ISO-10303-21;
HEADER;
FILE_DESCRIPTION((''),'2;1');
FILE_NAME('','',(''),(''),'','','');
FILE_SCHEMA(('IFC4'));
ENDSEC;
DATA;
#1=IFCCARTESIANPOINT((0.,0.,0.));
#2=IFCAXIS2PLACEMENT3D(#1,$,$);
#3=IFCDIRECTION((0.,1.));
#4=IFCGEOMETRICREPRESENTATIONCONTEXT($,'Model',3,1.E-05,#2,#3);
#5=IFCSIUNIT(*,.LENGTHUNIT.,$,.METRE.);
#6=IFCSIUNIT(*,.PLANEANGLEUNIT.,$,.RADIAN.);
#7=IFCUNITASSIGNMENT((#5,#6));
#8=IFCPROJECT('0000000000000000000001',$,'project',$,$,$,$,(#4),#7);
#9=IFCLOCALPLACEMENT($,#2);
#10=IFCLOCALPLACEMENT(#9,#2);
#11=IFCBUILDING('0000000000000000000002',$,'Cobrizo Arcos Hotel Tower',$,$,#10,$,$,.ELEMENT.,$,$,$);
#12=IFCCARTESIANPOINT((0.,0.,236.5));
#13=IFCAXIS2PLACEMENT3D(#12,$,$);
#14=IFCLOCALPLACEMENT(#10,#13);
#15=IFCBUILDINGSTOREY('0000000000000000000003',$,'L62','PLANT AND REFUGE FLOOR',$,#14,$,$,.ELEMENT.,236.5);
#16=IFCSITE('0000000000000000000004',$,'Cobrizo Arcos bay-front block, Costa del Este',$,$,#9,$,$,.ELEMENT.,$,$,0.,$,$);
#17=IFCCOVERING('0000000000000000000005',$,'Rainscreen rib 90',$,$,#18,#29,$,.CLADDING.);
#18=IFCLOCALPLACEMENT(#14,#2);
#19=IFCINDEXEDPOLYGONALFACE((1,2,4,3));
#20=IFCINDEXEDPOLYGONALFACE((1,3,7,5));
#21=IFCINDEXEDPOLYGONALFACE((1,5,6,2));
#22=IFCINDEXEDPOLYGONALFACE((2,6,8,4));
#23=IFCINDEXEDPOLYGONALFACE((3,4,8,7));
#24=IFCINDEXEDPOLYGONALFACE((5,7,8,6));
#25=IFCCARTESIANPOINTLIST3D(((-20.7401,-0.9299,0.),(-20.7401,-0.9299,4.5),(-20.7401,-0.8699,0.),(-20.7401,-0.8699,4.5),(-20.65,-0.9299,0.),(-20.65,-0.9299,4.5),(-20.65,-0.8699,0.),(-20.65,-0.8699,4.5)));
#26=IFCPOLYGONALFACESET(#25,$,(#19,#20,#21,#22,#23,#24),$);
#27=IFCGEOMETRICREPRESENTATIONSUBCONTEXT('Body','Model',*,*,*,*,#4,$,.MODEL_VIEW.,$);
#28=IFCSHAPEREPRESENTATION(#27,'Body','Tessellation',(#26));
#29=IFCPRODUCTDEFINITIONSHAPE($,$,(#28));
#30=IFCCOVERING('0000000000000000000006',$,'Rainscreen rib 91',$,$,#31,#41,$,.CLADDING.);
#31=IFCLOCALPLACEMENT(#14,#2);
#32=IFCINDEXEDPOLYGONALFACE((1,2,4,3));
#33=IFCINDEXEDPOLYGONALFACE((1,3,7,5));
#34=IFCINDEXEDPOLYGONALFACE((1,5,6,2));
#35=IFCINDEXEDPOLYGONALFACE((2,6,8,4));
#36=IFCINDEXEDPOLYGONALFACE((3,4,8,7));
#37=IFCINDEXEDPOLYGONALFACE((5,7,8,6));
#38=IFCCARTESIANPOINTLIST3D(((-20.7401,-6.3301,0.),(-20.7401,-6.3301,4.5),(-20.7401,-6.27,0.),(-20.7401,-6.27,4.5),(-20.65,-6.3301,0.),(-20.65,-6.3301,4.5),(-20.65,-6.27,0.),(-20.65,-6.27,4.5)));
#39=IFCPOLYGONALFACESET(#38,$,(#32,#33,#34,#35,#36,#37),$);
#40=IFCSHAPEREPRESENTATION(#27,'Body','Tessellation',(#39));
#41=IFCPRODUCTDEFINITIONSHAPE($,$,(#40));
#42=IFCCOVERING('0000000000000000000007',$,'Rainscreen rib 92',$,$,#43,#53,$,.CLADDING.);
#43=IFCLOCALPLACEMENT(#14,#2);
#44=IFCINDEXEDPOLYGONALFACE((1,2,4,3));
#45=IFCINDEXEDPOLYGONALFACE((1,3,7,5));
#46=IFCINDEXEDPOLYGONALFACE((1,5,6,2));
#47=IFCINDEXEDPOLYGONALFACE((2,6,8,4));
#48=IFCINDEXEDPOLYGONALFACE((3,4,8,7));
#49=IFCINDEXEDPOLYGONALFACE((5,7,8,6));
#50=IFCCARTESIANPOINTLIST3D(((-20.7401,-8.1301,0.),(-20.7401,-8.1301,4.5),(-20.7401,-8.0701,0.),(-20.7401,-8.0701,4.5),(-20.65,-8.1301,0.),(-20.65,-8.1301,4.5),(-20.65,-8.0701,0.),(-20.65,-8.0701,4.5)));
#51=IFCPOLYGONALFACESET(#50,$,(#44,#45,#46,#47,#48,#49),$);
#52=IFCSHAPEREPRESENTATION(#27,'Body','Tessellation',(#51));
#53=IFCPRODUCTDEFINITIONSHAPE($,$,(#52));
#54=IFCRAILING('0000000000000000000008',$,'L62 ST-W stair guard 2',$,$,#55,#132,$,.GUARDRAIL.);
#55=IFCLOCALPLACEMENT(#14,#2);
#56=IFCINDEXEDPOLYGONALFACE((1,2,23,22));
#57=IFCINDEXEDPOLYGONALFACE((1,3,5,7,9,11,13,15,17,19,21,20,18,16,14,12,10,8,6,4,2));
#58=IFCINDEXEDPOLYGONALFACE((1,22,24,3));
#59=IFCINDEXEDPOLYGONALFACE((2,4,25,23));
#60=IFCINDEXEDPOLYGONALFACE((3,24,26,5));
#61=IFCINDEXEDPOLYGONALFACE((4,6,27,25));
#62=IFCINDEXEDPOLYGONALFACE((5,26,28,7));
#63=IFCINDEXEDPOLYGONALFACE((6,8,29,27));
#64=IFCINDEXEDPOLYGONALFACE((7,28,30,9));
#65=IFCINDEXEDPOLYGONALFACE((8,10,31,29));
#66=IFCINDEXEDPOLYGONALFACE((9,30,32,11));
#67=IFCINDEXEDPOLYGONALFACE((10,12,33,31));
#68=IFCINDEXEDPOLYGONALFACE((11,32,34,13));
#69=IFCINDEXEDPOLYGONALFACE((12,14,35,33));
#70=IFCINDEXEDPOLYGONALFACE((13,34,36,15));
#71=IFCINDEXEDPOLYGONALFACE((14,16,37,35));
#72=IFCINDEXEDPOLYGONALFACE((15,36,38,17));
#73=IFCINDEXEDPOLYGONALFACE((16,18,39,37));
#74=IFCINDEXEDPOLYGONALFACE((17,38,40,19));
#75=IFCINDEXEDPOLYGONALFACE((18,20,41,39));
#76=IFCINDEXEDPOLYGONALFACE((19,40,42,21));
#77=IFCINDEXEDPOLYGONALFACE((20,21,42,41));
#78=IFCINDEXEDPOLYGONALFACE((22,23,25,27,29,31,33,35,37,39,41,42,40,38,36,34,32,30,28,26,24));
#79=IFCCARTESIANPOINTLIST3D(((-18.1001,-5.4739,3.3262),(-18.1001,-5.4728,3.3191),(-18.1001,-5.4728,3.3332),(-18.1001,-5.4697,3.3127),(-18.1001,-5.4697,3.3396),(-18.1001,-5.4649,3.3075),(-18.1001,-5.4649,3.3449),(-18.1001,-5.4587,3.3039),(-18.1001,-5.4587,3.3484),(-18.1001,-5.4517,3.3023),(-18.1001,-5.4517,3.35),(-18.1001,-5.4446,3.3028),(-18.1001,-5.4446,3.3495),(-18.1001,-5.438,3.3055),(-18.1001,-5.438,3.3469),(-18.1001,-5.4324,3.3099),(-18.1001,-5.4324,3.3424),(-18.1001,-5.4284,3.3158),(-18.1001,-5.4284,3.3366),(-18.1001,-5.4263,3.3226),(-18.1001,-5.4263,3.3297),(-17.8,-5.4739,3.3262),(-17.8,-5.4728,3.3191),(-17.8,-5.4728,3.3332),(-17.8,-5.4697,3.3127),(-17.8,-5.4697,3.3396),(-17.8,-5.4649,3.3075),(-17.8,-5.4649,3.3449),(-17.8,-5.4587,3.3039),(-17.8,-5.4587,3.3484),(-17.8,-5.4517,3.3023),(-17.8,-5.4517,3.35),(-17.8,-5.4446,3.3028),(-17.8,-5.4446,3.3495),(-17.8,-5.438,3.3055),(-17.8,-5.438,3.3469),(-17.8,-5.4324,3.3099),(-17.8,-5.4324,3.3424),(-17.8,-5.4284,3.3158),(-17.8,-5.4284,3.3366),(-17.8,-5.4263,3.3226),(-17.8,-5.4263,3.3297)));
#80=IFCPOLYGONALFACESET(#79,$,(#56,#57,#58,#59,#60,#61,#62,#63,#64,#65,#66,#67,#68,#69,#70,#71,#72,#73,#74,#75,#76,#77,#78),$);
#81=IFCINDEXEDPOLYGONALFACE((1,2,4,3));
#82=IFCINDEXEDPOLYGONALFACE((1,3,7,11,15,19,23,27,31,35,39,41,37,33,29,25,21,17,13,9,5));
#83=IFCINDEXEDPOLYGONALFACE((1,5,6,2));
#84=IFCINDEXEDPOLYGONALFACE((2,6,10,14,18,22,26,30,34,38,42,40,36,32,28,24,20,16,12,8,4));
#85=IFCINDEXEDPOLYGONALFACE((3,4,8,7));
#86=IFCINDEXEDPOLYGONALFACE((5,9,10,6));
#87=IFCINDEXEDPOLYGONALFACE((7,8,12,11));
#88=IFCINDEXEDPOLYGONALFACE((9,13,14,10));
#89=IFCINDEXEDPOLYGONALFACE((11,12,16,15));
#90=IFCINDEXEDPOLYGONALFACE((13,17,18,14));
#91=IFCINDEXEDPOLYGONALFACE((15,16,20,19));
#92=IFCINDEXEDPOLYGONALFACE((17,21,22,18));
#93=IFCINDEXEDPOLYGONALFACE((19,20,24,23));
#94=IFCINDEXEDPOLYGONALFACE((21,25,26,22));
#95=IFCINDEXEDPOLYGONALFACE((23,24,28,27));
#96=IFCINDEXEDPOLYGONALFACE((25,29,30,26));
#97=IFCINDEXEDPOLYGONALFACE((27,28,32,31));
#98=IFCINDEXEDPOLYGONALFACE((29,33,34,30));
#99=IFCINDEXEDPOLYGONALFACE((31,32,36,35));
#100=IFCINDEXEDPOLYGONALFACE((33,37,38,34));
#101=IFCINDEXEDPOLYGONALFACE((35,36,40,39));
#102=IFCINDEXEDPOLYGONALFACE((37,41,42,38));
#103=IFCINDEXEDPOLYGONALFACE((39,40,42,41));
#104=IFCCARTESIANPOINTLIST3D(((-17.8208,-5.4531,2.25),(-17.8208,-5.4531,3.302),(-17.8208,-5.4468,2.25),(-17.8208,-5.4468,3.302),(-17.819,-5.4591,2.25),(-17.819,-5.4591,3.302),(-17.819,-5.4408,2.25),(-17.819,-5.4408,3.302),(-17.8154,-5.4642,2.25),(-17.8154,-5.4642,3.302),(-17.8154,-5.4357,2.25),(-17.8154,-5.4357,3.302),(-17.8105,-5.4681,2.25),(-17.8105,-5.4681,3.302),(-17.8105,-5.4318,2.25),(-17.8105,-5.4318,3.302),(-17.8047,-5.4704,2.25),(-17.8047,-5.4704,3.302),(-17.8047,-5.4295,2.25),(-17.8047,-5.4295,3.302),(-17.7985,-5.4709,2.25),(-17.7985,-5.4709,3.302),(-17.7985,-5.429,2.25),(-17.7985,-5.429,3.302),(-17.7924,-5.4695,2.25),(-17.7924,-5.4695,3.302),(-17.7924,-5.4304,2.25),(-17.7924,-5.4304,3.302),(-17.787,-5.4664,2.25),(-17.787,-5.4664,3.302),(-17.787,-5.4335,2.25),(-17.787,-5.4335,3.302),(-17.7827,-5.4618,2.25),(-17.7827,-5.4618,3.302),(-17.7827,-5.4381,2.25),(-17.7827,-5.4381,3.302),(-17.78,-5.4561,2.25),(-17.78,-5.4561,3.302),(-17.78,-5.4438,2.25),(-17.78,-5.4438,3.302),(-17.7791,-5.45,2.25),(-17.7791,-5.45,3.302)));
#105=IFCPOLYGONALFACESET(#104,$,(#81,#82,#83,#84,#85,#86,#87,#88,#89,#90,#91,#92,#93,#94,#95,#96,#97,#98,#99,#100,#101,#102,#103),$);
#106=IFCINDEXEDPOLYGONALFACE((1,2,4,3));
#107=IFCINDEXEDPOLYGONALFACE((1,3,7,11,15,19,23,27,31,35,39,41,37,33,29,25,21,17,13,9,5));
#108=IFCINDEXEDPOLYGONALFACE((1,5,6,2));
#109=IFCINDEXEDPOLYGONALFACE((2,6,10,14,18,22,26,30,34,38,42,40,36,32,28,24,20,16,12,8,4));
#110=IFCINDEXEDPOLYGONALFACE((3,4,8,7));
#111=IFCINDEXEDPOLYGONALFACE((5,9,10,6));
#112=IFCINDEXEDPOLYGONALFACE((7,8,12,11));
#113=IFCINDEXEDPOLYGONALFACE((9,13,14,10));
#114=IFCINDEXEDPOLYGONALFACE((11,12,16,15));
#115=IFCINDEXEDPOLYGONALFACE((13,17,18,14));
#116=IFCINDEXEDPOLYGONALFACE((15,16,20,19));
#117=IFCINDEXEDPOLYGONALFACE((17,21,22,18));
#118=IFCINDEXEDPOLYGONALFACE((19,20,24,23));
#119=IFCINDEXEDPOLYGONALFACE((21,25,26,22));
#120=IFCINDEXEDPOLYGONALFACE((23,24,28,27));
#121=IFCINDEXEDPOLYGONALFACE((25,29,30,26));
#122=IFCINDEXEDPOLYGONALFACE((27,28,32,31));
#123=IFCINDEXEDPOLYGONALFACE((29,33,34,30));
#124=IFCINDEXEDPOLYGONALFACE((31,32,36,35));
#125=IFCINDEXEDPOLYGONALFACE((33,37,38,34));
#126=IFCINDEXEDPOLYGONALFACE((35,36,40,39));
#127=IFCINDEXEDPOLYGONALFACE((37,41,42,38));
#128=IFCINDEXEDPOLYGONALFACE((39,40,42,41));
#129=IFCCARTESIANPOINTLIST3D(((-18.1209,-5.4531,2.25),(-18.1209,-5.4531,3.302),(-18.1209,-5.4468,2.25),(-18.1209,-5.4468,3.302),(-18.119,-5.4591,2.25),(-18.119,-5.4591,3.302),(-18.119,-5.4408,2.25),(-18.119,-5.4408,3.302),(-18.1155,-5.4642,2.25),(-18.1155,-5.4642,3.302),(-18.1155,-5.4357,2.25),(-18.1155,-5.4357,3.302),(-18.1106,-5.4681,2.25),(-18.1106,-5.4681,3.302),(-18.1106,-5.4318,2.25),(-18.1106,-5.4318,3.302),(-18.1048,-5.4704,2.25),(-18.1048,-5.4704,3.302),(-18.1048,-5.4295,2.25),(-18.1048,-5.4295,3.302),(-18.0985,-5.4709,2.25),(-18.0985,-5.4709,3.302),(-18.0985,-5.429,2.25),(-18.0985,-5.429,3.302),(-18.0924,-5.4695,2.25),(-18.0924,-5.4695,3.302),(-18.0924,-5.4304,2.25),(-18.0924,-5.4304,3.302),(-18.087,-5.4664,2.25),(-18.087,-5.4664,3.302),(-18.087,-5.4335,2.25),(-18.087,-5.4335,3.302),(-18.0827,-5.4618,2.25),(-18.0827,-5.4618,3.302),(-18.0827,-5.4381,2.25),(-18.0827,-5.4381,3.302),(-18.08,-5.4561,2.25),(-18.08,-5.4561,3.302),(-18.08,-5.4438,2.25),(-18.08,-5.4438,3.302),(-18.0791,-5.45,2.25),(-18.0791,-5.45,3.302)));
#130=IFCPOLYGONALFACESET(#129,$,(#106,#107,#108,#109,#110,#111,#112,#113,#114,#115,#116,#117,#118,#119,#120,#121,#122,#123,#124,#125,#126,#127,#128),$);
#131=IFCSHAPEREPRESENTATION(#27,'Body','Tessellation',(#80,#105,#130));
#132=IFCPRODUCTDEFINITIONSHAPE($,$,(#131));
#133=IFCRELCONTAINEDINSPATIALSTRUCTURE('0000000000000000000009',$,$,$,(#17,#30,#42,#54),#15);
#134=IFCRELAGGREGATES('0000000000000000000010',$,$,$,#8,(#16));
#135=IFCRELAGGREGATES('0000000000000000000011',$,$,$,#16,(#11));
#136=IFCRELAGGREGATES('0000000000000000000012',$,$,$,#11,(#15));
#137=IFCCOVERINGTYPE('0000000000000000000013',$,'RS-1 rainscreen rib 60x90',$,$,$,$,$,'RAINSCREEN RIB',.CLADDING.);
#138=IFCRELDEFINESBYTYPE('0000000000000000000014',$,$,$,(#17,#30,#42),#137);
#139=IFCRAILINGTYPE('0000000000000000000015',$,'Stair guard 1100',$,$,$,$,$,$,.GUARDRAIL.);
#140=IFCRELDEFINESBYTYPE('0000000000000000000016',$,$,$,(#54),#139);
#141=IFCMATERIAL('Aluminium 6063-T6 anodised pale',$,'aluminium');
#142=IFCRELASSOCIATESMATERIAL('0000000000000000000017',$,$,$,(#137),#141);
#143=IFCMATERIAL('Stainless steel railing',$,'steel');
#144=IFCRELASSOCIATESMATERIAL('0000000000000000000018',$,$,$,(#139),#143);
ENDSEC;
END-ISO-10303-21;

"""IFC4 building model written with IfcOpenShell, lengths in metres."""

from ifc_helpers import new_model, si_unit, direction, frame, origin, origin_2d, place, context, subcontext, project, spatial, rectangle, circle, extrude, material, type_object, element, save


model = new_model("IFC4")

# Units and contexts
model_context = context("Model", 3, precision=1e-05, world=origin(), true_north=direction((0.0, 1.0)))
body_context = subcontext(model_context, "Body", "Model", "MODEL_VIEW")
ifc_project = project(units=[si_unit("LENGTHUNIT", "METRE"), si_unit("PLANEANGLEUNIT", "RADIAN")], contexts=[model_context])

# Site, building, storey
site_placement = place(None, origin())
site = spatial("IfcSite", under=ifc_project, at=site_placement, Name="Cobrizo Arcos bay-front block, Costa del Este", CompositionType="ELEMENT", RefElevation=0.0)
building_placement = place(site_placement, origin())
building = spatial("IfcBuilding", under=site, at=building_placement, Name="Cobrizo Arcos Hotel Tower", CompositionType="ELEMENT")
storey_placement = place(building_placement, frame((0.0, 0.0, 236.5)))
storey = spatial("IfcBuildingStorey", under=building, at=storey_placement, Name="L62", Description="PLANT AND REFUGE FLOOR", CompositionType="ELEMENT", Elevation=236.5)

# Coverings
ifc_material_1 = material(Name="Aluminium 6063-T6 anodised pale", Category="aluminium")
covering_type = type_object("IfcCoveringType", Name="RS-1 rainscreen rib 60x90", ElementType="RAINSCREEN RIB", PredefinedType="CLADDING", material=ifc_material_1)
for number, where, z_axis, x_axis, name in (
    (1, (-20.6951, -0.8999, 0.0), (0.0, 0.0, 1.0), (0.0, -1.0, 0.0), "Rainscreen rib 90"),
    (2, (-20.6951, -6.3, 0.0), (0.0, 0.0, 1.0), (0.0, -1.0, 0.0), "Rainscreen rib 91"),
    (3, (-20.6951, -8.1001, 0.0), (0.0, 0.0, 1.0), (0.0, -1.0, 0.0), "Rainscreen rib 92"),
):
    element("IfcCovering", number, at=place(storey_placement, frame(where, z_axis=z_axis, x_axis=x_axis)), inside=storey, type_object=covering_type, Name=name, PredefinedType="CLADDING", context=body_context, shape_type="SweptSolid", body=[
        extrude(rectangle(XDim=0.0601, YDim=0.0901, at=origin_2d()), origin(), (0.0, 0.0, 1.0), 4.5),
    ])

# Railing
ifc_material_2 = material(Name="Stainless steel railing", Category="steel")
railing_type_1 = type_object("IfcRailingType", Name="Stair guard 1100", PredefinedType="GUARDRAIL", material=ifc_material_2)
railing_1_placement = place(storey_placement, frame((-17.8, -5.45, 2.25)))
element("IfcRailing", 4, at=railing_1_placement, inside=storey, type_object=railing_type_1, Name="L62 ST-W stair guard 2", PredefinedType="GUARDRAIL", context=body_context, shape_type="SweptSolid", body=[
    extrude(circle(Radius=0.0239, at=origin_2d()), frame((0.0, 0.0, 1.0762), z_axis=(-1.0, 0.0, 0.0), x_axis=(0.0, -1.0, 0.0)), (0.0, 0.0, 1.0), 0.3),
    extrude(circle(Radius=0.021, at=origin_2d()), origin(), (0.0, 0.0, 1.0), 1.052),
    extrude(circle(Radius=0.021, at=origin_2d()), frame((-0.3, 0.0, 0.0)), (0.0, 0.0, 1.0), 1.052),
])

save(model, "model.ifc")
